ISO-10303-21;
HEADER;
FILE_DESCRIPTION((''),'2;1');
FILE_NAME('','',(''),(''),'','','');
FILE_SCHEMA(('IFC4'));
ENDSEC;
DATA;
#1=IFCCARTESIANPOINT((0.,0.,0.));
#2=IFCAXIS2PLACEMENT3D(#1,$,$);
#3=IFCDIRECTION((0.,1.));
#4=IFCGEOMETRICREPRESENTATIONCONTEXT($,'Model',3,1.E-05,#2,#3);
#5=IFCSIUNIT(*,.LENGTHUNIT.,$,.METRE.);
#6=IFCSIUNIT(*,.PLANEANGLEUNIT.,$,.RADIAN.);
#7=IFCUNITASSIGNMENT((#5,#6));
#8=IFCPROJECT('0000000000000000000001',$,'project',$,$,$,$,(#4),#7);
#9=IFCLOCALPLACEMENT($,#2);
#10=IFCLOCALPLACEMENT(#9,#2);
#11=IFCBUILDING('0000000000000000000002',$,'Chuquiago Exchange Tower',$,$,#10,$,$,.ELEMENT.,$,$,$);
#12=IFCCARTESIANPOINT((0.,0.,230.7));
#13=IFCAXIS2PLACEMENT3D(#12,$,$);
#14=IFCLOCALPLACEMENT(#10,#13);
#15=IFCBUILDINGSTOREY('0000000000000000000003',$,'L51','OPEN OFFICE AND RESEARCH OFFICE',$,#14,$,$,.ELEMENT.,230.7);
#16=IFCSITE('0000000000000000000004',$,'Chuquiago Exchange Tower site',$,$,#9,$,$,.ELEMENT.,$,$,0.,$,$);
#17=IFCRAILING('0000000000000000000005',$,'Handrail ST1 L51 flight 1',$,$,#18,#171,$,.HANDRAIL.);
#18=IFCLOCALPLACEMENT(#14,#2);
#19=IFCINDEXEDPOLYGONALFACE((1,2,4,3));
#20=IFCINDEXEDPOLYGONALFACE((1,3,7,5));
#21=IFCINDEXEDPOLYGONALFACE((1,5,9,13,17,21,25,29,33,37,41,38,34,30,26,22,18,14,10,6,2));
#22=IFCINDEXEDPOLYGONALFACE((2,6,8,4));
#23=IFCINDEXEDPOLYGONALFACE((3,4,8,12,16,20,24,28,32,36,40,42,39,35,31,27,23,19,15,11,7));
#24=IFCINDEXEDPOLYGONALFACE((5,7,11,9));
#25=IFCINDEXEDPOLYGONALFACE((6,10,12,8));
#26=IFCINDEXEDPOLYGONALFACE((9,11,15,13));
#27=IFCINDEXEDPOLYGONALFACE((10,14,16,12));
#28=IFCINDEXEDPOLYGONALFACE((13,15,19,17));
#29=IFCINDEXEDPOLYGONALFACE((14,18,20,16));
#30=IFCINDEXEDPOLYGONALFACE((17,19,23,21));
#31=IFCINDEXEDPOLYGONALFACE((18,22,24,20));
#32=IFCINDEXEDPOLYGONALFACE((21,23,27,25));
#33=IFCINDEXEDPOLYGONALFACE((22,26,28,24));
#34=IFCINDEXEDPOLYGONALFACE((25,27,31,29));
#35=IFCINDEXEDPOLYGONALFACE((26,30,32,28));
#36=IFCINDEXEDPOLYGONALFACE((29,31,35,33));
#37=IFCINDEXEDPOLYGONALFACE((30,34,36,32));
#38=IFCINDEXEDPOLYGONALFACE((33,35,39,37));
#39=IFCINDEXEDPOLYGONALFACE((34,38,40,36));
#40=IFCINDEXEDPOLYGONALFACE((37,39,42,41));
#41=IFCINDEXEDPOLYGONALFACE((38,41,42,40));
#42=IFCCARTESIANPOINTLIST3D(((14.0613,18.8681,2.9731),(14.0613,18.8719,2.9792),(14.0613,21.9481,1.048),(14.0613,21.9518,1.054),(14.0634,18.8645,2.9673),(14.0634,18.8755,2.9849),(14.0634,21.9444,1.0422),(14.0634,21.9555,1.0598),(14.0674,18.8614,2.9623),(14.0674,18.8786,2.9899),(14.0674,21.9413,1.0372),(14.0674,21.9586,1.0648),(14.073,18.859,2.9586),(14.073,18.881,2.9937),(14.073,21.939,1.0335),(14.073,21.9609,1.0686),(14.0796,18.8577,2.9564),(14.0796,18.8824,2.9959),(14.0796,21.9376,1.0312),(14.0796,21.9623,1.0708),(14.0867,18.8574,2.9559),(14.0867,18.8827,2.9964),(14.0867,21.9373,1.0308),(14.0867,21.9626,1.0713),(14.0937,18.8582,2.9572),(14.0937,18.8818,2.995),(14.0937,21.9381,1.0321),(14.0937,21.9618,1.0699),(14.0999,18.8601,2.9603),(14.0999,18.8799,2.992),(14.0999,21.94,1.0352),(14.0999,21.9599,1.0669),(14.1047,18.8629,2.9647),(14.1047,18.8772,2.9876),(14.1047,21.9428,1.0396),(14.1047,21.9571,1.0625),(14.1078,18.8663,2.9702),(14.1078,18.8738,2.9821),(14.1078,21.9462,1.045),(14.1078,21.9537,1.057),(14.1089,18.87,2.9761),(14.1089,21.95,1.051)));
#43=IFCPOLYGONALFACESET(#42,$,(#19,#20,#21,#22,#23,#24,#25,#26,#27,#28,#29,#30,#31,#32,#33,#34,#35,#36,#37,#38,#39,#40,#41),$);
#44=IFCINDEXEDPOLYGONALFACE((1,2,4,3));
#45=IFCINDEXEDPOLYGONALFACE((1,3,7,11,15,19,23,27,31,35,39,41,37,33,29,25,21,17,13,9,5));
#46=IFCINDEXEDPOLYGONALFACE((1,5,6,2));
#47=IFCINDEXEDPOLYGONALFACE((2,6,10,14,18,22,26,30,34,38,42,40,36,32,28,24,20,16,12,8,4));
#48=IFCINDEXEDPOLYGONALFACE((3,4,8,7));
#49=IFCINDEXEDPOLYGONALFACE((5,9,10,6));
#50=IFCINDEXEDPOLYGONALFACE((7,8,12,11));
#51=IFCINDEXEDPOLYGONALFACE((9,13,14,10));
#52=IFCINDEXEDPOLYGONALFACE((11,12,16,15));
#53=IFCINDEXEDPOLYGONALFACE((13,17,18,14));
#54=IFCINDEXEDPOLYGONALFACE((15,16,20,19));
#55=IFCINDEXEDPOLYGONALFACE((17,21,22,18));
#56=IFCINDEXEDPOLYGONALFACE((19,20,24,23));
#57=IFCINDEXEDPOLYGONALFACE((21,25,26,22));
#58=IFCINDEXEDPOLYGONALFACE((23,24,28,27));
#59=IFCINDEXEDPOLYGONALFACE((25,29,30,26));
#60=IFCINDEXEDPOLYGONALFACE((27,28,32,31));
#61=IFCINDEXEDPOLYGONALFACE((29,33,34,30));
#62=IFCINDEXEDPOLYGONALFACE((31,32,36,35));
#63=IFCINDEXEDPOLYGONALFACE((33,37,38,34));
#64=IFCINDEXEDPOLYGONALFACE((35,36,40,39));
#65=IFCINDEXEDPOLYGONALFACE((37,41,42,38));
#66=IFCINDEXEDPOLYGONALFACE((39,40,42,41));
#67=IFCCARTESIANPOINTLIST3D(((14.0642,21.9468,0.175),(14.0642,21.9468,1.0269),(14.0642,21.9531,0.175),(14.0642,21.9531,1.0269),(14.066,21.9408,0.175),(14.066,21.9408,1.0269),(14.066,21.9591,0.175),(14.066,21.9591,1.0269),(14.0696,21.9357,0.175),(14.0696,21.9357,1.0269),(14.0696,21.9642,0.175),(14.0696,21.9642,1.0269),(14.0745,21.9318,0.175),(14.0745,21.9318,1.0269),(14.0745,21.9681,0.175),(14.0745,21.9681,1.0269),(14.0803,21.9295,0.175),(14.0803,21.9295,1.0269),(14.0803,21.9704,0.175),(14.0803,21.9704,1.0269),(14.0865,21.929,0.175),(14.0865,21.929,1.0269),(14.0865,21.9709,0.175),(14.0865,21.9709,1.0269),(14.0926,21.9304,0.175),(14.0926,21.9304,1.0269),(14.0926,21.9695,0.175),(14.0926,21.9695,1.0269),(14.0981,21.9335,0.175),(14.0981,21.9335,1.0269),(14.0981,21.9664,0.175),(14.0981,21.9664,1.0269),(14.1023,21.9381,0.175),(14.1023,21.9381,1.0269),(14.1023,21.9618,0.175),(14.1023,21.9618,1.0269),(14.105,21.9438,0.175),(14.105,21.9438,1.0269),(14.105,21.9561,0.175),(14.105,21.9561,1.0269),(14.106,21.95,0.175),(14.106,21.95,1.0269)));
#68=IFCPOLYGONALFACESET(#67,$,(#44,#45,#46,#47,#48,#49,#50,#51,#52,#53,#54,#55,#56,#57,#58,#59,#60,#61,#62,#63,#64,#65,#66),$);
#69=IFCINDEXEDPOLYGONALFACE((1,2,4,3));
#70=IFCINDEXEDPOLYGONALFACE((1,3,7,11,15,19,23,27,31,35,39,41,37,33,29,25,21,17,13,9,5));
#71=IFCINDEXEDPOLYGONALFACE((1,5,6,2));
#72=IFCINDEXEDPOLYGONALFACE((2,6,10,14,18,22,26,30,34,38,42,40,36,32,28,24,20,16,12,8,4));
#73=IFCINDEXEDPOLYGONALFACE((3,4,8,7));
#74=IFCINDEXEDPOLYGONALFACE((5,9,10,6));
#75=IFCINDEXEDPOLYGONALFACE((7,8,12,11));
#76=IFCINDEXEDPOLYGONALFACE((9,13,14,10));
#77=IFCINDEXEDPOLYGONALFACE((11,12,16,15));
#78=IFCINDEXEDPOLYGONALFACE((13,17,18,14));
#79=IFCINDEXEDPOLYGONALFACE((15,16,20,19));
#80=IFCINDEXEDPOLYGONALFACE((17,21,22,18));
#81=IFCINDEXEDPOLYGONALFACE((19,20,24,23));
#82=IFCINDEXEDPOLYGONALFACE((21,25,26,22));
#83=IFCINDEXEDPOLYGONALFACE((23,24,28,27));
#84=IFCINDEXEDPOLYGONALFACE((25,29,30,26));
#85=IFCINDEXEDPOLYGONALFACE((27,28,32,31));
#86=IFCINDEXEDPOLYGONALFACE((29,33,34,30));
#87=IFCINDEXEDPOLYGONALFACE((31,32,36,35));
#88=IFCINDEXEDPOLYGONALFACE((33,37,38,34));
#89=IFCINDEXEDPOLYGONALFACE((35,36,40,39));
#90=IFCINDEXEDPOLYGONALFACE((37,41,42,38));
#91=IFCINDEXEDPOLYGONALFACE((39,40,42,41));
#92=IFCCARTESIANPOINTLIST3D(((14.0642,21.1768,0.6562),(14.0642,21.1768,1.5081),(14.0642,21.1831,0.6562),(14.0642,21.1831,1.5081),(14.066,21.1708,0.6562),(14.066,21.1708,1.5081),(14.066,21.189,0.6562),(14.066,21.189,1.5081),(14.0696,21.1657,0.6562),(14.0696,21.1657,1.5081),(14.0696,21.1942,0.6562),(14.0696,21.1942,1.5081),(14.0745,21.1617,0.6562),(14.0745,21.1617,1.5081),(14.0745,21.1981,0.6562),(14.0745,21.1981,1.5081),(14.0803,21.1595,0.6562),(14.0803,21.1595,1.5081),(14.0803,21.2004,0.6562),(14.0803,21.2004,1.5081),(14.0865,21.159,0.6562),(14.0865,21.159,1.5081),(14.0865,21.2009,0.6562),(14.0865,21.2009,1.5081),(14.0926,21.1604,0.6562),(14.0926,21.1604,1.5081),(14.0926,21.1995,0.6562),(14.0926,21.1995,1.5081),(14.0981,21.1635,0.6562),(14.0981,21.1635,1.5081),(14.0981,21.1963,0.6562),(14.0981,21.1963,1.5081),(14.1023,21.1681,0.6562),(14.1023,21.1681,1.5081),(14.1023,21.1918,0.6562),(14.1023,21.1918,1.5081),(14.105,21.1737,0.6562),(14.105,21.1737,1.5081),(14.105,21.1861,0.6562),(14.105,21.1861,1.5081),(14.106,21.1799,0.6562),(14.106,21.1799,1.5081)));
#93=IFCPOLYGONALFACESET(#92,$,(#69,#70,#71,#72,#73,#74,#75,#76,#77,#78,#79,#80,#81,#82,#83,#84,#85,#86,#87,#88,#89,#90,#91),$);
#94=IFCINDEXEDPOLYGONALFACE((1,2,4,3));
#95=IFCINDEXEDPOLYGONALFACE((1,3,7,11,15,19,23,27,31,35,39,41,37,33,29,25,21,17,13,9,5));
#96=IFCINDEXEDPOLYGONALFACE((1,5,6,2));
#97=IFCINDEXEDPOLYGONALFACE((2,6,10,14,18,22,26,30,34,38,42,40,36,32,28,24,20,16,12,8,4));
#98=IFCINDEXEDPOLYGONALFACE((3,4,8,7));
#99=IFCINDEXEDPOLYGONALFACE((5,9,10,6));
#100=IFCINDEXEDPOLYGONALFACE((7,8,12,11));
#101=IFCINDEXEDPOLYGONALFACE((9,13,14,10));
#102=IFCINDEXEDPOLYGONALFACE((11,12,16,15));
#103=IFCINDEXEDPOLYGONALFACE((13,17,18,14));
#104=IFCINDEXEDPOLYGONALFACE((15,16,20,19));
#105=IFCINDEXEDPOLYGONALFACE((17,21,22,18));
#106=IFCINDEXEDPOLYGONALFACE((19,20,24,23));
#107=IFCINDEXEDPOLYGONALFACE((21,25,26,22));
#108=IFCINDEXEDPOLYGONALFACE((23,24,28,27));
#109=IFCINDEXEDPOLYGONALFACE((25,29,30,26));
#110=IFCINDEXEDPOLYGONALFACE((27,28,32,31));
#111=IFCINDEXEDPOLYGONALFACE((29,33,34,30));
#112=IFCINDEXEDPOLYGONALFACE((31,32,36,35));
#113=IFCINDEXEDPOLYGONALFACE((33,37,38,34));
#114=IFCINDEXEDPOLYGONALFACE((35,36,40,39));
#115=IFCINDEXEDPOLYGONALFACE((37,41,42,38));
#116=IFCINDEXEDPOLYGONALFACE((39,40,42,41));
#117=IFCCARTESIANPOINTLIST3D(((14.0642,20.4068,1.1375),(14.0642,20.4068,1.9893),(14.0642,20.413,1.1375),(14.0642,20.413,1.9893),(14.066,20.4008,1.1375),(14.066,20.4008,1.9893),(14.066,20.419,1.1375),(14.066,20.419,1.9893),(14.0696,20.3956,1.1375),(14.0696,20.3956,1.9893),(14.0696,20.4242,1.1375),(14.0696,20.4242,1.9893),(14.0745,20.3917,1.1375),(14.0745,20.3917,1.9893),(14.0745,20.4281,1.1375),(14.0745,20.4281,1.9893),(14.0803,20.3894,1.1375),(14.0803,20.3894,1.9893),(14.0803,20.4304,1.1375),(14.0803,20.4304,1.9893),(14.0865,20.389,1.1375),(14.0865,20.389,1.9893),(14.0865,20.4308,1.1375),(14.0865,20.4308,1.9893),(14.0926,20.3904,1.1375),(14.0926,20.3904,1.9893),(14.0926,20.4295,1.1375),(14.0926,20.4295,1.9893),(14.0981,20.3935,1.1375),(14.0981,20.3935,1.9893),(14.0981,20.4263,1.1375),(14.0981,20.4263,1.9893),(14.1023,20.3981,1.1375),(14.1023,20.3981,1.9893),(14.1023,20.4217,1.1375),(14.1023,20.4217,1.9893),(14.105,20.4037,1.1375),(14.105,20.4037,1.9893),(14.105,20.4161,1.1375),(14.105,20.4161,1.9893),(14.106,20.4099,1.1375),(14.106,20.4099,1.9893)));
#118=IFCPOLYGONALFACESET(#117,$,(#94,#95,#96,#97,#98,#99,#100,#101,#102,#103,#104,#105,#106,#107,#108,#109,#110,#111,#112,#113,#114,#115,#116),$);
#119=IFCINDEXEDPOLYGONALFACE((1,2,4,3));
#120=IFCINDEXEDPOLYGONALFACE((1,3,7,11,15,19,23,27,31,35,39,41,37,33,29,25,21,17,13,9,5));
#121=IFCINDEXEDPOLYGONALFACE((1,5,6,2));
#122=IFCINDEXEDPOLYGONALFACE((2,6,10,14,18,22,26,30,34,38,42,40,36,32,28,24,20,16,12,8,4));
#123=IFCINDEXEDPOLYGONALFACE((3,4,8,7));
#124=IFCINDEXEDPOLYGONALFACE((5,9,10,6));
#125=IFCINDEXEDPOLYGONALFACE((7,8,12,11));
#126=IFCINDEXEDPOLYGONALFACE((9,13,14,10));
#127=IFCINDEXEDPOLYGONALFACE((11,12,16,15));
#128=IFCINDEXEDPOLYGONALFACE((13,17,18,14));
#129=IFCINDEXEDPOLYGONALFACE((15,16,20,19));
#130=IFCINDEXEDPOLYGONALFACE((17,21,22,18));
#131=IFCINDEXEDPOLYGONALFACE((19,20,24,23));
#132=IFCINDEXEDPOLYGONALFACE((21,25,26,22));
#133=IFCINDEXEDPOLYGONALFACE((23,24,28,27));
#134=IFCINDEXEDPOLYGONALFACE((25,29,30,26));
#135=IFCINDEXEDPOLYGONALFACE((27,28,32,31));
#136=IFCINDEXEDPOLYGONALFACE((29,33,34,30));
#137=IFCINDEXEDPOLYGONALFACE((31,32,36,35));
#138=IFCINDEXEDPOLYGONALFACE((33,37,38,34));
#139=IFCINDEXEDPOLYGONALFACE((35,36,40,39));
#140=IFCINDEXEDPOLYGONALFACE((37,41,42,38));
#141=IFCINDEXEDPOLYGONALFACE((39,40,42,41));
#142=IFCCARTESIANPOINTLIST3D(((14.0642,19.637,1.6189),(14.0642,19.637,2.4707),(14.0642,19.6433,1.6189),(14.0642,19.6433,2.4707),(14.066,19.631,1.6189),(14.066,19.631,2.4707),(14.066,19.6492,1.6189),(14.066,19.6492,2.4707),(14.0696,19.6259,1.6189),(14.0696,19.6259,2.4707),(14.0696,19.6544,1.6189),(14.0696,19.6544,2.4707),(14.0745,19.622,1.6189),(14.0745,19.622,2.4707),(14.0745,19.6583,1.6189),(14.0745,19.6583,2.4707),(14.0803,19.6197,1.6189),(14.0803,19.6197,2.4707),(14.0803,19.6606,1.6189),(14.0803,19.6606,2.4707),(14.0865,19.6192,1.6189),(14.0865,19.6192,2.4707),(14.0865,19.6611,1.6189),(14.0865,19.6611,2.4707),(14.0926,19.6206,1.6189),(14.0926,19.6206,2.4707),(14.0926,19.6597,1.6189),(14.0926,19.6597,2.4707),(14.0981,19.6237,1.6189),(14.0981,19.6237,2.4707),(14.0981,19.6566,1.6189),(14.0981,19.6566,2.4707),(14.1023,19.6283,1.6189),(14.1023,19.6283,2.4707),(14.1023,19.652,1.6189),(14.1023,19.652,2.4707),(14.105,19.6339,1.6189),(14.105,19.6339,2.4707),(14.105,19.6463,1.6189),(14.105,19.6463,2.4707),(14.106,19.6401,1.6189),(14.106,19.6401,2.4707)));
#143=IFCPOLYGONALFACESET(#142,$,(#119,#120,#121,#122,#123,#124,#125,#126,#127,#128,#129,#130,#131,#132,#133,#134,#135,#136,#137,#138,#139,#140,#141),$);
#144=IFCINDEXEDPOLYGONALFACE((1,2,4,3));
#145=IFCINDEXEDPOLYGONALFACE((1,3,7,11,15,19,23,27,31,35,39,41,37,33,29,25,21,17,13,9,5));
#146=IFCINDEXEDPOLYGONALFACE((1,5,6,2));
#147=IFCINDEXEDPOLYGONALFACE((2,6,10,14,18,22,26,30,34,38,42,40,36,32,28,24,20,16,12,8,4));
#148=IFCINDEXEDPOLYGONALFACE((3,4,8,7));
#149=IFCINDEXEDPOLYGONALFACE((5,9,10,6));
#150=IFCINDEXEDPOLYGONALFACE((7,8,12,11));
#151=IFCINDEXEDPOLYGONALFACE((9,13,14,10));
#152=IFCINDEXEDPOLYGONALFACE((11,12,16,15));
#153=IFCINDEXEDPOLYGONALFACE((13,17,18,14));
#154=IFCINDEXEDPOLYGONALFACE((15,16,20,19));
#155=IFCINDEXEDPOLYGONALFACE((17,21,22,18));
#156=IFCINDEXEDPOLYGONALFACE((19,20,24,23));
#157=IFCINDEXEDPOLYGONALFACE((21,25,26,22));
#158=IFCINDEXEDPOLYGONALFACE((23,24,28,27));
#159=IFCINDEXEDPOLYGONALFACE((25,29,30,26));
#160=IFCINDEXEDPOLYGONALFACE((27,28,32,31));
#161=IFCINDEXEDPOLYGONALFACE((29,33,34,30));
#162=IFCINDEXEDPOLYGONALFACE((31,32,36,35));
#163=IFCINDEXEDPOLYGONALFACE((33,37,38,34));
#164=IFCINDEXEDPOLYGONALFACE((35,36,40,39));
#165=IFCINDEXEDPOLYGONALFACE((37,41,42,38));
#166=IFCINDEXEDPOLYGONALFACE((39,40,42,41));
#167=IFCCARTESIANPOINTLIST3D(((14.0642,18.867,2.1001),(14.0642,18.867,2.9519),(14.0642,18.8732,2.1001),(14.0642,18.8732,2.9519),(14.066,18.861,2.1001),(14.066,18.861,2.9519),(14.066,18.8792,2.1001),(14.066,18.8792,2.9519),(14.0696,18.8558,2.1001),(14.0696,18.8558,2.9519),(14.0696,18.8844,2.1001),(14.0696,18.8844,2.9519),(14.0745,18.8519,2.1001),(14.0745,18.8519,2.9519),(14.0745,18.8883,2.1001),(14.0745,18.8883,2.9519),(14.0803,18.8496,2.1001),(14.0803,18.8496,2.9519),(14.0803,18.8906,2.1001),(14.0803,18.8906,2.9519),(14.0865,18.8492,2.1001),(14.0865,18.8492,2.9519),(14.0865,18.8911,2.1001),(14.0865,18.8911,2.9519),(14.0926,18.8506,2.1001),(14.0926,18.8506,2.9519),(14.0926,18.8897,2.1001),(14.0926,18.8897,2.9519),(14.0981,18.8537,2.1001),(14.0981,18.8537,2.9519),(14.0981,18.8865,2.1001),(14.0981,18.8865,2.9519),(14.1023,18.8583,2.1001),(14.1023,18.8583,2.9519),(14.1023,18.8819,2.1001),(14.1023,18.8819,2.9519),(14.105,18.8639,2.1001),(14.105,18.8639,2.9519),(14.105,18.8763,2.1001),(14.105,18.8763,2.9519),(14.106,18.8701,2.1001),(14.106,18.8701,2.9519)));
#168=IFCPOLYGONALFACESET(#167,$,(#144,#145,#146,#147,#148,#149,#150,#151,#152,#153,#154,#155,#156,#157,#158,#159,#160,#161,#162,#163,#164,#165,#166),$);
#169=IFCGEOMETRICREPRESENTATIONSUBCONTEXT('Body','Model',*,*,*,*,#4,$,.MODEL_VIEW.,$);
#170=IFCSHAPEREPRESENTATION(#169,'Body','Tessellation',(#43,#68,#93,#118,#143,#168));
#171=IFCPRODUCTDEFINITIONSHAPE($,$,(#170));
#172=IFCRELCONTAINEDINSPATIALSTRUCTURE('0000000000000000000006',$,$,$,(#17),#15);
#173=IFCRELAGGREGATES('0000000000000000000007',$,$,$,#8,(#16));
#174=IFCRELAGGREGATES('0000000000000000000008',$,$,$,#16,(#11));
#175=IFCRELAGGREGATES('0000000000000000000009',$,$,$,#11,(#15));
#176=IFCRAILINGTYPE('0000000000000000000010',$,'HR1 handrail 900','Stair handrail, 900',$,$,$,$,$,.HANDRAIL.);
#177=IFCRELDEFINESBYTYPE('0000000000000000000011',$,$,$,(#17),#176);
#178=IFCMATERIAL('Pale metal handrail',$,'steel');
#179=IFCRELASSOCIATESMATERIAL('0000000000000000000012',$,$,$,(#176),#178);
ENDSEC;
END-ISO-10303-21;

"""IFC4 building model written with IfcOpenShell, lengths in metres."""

from ifc_helpers import new_model, si_unit, direction, frame, origin, origin_2d, place, context, subcontext, project, spatial, circle, extrude, material, type_object, element, save


model = new_model("IFC4")

# Units and contexts
model_context = context("Model", 3, precision=1e-05, world=origin(), true_north=direction((0.0, 1.0)))
body_context = subcontext(model_context, "Body", "Model", "MODEL_VIEW")
ifc_project = project(units=[si_unit("LENGTHUNIT", "METRE"), si_unit("PLANEANGLEUNIT", "RADIAN")], contexts=[model_context])

# Site, building, storey
site_placement = place(None, origin())
site = spatial("IfcSite", under=ifc_project, at=site_placement, Name="Chuquiago Exchange Tower site", CompositionType="ELEMENT", RefElevation=0.0)
building_placement = place(site_placement, origin())
building = spatial("IfcBuilding", under=site, at=building_placement, Name="Chuquiago Exchange Tower", CompositionType="ELEMENT")
storey_placement = place(building_placement, frame((0.0, 0.0, 230.7)))
storey = spatial("IfcBuildingStorey", under=building, at=storey_placement, Name="L51", Description="OPEN OFFICE AND RESEARCH OFFICE", CompositionType="ELEMENT", Elevation=230.7)

# Railing
ifc_material_1 = material(Name="Pale metal handrail", Category="steel")
railing_type_1 = type_object("IfcRailingType", Name="HR1 handrail 900", Description="Stair handrail, 900", PredefinedType="HANDRAIL", material=ifc_material_1)
for number, where, name in (
    (1, (14.085, 21.95, 0.175), "Handrail ST1 L51 flight 1"),
):
    element("IfcRailing", number, at=place(storey_placement, frame(where)), inside=storey, type_object=railing_type_1, Name=name, PredefinedType="HANDRAIL", context=body_context, shape_type="SweptSolid", body=[
        extrude(circle(Radius=0.0239, at=origin_2d()), frame((0.0, 0.0, 0.876), z_axis=(0.0, -0.847979, 0.530029), x_axis=(1.0, 0.0, 0.0)), (0.0, 0.0, 1.0), 3.6321),
        extrude(circle(Radius=0.021, at=origin_2d()), origin(), (0.0, 0.0, 1.0), 0.8518),
        extrude(circle(Radius=0.021, at=origin_2d()), frame((0.0, -0.77, 0.4812)), (0.0, 0.0, 1.0), 0.8518),
        extrude(circle(Radius=0.021, at=origin_2d()), frame((0.0, -1.54, 0.9624)), (0.0, 0.0, 1.0), 0.8518),
        extrude(circle(Radius=0.021, at=origin_2d()), frame((0.0, -2.3098, 1.4438)), (0.0, 0.0, 1.0), 0.8518),
        extrude(circle(Radius=0.021, at=origin_2d()), frame((0.0, -3.0798, 1.925)), (0.0, 0.0, 1.0), 0.8518),
    ])

save(model, "model.ifc")
